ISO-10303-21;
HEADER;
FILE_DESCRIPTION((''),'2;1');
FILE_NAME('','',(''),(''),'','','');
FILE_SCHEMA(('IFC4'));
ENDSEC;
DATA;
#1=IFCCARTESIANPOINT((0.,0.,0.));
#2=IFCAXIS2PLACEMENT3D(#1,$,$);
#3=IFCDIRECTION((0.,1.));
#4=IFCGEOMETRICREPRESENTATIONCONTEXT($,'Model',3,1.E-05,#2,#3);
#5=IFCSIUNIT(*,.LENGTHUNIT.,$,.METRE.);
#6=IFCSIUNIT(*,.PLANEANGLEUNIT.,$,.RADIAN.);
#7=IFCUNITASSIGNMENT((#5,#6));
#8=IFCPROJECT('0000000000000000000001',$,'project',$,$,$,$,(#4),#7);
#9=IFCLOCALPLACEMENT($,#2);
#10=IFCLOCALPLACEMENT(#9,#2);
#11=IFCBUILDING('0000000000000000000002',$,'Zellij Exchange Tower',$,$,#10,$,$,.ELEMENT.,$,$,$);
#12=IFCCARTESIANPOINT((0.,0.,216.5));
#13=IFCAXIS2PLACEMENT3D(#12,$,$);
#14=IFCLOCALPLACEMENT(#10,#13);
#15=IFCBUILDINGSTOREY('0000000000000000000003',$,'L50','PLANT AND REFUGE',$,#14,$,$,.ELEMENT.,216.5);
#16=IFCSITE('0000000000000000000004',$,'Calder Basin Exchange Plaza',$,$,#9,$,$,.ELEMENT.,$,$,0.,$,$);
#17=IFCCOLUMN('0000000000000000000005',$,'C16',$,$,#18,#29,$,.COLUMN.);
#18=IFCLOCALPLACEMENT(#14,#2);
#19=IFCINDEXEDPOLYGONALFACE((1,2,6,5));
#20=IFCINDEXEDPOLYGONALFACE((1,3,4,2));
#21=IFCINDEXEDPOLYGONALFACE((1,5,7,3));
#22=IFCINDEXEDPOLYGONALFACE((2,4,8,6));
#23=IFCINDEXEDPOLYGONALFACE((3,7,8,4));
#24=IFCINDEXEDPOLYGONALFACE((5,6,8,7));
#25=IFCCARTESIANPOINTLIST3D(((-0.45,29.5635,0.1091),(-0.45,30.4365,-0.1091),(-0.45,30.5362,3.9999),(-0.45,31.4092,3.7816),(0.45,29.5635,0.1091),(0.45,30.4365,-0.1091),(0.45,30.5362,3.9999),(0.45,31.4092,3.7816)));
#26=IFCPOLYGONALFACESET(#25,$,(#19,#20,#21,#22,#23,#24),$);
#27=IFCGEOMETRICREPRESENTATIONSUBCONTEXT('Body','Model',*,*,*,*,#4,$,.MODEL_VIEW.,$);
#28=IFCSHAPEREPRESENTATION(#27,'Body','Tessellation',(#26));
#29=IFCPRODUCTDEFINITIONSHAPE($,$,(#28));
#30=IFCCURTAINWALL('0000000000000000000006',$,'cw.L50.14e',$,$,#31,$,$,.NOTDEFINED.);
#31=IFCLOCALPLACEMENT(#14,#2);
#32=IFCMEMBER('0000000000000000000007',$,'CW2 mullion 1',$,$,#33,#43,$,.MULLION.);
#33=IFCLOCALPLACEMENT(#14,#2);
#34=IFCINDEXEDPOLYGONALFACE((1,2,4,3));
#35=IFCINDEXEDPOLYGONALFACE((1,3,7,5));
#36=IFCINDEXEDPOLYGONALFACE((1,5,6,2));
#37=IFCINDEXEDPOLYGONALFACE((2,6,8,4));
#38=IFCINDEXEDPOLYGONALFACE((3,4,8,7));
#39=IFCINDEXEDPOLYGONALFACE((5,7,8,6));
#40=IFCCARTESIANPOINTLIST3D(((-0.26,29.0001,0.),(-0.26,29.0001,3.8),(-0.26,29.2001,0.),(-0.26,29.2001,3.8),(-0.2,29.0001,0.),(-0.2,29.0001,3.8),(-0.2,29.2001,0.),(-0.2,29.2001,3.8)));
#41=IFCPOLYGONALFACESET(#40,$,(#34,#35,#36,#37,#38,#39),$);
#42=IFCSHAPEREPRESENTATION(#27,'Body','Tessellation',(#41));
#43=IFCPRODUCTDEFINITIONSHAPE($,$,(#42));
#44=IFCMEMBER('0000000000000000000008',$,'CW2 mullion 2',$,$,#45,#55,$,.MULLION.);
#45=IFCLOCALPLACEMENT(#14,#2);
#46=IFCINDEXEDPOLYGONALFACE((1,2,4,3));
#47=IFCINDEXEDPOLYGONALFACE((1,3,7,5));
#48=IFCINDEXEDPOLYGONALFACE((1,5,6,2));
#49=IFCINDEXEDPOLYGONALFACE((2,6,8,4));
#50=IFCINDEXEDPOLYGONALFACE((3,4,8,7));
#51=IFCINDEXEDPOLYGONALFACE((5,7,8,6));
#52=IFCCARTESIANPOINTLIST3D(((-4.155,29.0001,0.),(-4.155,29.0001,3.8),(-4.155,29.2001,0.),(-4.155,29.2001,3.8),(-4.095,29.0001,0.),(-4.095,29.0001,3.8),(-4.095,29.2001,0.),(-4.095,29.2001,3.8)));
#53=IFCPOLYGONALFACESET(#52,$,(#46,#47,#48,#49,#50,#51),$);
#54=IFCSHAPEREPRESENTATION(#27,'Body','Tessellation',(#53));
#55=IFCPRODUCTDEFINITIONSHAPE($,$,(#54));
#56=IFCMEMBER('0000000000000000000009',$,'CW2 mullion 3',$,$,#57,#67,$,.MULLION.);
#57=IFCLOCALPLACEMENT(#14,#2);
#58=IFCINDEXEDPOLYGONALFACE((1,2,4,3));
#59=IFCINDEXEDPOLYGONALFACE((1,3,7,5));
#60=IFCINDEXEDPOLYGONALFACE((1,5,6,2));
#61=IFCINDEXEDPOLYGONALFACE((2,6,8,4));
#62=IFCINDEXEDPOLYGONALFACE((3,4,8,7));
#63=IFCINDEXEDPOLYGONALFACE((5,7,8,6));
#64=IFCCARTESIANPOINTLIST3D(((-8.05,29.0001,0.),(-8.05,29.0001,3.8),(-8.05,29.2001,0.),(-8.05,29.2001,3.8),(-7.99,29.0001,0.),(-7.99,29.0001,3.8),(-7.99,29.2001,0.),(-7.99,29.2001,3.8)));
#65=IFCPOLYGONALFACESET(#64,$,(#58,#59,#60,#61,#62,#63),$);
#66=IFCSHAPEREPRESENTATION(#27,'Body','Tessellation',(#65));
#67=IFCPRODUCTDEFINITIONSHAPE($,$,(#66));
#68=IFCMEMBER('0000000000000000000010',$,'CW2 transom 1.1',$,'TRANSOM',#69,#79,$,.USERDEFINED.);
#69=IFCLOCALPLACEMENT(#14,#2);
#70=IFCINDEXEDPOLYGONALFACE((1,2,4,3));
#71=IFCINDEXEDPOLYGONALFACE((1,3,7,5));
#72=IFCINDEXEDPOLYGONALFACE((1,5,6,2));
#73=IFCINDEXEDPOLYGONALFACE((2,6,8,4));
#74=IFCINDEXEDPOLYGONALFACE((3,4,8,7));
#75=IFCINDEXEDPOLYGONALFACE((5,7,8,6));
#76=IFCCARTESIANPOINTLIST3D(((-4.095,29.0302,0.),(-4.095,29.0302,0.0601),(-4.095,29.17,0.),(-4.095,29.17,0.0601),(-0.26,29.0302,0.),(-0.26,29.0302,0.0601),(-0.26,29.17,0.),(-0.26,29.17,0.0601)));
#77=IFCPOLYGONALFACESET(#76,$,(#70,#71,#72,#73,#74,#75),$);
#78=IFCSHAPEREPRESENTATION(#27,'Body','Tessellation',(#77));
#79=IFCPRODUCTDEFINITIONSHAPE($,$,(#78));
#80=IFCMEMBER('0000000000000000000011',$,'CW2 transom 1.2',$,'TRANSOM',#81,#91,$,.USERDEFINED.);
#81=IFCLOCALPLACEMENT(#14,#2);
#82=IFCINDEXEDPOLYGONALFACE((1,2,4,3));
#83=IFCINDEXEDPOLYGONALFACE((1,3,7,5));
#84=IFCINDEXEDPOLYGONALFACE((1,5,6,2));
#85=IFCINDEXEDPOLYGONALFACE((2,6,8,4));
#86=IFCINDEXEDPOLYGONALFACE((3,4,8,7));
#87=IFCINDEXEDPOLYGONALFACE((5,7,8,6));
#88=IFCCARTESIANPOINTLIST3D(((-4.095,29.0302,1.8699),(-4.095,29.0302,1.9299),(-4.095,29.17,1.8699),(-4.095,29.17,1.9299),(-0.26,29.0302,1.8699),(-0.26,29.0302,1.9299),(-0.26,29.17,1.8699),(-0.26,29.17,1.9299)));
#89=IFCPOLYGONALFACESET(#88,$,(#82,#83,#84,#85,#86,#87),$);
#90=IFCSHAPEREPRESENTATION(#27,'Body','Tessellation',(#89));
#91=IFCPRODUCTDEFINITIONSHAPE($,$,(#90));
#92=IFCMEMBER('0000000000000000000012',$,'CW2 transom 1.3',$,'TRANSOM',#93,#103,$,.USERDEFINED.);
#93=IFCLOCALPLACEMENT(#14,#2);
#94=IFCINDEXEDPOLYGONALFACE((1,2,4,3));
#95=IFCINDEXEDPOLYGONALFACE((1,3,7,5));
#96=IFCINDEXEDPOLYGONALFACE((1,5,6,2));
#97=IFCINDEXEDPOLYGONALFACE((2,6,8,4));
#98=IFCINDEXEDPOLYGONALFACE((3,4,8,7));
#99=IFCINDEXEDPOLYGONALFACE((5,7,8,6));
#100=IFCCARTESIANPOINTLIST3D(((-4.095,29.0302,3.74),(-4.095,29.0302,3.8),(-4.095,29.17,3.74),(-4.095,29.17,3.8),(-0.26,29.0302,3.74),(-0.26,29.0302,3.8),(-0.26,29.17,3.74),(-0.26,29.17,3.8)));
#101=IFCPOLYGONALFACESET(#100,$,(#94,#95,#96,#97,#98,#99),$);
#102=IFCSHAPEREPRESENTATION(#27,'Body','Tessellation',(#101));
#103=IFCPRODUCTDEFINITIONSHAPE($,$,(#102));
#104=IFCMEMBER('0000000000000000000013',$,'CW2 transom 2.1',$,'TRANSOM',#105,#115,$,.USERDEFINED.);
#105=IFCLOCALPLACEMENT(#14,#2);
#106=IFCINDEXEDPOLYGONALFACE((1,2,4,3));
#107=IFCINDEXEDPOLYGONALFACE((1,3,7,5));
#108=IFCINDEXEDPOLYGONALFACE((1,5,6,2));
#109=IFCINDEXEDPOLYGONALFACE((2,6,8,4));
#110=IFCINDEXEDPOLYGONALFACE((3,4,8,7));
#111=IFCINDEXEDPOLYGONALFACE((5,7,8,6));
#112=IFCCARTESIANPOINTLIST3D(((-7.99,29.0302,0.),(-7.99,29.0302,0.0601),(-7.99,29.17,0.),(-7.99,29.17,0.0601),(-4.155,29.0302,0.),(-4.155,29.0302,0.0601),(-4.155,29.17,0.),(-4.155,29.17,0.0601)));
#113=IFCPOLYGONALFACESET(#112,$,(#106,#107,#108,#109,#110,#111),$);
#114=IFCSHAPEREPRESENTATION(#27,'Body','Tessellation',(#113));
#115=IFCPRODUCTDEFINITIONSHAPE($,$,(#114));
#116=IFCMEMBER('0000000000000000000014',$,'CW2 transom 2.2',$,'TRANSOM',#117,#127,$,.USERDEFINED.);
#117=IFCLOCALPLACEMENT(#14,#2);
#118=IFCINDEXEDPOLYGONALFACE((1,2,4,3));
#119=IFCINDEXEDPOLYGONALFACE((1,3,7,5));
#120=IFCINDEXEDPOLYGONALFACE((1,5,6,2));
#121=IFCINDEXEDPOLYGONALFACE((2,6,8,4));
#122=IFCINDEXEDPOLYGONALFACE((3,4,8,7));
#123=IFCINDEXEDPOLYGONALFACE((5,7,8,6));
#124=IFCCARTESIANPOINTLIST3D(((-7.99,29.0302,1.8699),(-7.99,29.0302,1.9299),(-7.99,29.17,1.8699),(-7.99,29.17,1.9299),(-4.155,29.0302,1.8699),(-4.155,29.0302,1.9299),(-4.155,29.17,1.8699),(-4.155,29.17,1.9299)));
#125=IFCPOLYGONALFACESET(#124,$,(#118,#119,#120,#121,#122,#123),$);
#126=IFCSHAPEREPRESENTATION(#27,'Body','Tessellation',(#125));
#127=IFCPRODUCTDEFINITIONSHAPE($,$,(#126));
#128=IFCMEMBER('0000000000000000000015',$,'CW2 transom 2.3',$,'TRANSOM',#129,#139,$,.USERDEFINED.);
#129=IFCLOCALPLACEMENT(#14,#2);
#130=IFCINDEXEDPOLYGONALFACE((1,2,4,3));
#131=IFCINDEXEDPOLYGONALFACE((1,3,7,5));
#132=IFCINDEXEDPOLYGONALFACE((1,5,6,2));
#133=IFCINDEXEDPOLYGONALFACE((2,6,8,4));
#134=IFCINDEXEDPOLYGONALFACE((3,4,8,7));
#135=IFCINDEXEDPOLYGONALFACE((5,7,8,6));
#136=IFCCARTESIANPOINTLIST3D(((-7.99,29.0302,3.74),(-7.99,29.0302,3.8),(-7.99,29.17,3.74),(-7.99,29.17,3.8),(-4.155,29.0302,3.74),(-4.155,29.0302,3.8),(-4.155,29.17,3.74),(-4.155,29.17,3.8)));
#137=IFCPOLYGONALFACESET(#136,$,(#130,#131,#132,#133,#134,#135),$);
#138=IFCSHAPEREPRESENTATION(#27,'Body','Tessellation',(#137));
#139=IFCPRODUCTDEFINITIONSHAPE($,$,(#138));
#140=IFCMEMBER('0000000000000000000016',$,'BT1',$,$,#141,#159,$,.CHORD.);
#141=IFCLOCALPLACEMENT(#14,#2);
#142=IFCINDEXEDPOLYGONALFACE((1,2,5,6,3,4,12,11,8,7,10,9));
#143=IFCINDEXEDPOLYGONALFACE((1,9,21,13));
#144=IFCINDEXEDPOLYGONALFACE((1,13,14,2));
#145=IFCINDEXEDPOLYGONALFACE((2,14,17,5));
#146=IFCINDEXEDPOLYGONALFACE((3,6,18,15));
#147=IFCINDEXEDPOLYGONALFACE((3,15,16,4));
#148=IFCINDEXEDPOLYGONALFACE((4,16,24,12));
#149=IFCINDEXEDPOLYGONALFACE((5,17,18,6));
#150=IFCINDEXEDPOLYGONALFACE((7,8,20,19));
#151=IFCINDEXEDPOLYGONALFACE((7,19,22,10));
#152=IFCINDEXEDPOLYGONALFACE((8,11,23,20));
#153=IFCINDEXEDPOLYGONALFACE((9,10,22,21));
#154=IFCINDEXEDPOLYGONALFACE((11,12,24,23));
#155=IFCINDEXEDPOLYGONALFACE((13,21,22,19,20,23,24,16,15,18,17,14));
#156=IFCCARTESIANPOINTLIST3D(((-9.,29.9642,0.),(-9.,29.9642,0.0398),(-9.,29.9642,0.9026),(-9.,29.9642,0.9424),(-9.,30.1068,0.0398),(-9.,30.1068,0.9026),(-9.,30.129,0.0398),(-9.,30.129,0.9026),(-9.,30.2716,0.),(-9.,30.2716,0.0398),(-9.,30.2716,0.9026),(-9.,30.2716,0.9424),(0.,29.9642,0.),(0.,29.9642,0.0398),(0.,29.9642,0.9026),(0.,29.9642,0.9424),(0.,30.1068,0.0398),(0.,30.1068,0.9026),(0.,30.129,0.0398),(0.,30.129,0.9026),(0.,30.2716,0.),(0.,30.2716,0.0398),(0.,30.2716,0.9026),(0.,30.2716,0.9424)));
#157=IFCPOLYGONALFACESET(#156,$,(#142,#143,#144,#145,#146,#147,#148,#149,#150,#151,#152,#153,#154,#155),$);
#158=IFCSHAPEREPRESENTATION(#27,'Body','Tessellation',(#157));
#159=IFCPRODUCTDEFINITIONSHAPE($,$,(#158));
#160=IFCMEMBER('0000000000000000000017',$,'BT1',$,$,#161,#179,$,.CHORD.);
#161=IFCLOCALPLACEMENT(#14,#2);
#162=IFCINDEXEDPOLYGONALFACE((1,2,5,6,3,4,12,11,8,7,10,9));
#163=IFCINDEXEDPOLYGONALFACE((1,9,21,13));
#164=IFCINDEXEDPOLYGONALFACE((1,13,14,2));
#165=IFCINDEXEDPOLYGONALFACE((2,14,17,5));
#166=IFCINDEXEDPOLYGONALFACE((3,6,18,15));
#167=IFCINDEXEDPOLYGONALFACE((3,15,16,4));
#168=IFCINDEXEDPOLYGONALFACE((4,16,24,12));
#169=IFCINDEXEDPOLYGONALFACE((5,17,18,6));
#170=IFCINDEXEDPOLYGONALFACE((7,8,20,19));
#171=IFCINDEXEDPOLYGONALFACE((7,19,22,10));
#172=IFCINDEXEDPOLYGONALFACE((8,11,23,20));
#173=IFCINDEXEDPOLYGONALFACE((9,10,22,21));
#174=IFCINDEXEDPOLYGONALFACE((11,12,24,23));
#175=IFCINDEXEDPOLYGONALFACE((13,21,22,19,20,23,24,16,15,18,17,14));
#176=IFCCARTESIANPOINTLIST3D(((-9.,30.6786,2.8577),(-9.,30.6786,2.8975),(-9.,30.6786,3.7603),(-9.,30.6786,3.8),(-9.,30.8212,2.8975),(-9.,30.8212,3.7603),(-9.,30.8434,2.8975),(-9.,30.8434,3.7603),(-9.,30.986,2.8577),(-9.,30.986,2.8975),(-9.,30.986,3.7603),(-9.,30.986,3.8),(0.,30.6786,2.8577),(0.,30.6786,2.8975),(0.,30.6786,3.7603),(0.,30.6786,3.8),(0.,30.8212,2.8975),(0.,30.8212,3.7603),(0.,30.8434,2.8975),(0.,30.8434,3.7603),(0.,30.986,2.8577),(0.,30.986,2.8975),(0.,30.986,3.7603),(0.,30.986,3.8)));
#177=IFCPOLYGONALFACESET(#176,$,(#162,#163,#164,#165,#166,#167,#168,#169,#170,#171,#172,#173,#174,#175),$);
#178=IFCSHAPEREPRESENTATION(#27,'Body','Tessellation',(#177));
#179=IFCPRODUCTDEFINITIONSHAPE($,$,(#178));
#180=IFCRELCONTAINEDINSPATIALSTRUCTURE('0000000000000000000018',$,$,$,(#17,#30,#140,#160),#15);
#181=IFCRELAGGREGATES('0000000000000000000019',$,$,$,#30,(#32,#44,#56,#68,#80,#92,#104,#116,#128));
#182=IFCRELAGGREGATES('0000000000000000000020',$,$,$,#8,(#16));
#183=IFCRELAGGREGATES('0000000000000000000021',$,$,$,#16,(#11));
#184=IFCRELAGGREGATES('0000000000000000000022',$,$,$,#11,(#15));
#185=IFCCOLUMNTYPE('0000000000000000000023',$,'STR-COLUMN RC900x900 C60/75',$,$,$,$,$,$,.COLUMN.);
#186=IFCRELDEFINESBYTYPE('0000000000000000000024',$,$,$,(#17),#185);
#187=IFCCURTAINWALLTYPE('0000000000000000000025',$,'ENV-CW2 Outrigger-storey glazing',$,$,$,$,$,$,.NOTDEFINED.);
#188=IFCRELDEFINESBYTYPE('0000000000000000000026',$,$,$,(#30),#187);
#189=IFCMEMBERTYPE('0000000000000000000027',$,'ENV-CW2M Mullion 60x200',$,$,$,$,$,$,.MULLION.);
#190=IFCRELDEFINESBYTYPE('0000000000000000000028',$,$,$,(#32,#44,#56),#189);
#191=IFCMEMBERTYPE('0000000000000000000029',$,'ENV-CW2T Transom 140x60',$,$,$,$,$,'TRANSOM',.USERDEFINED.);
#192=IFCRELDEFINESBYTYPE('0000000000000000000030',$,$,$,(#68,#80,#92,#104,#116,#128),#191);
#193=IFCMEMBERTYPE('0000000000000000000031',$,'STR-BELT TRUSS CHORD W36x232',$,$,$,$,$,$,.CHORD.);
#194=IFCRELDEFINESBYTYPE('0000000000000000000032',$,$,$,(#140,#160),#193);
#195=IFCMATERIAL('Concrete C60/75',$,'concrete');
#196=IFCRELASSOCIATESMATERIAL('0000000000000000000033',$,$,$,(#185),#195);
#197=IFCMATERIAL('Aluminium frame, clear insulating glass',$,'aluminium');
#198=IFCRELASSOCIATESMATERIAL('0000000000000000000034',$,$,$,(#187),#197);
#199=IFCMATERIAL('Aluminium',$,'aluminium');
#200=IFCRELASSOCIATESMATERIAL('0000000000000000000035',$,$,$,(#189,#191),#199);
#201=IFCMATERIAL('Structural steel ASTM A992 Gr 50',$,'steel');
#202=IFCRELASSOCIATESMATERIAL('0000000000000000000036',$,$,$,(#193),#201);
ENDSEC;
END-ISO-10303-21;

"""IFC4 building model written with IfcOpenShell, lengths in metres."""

from ifc_helpers import new_model, si_unit, direction, frame, origin, origin_2d, place, context, subcontext, project, spatial, rectangle, i_section, extrude, clip, halfspace, material, material_profile, profile_set, type_object, element, aggregate, save


model = new_model("IFC4")

# Units and contexts
model_context = context("Model", 3, precision=1e-05, world=origin(), true_north=direction((0.0, 1.0)))
body_context = subcontext(model_context, "Body", "Model", "MODEL_VIEW")
ifc_project = project(units=[si_unit("LENGTHUNIT", "METRE"), si_unit("PLANEANGLEUNIT", "RADIAN")], contexts=[model_context])

# Site, building, storey
site_placement = place(None, origin())
site = spatial("IfcSite", under=ifc_project, at=site_placement, Name="Calder Basin Exchange Plaza", CompositionType="ELEMENT", RefElevation=0.0)
building_placement = place(site_placement, origin())
building = spatial("IfcBuilding", under=site, at=building_placement, Name="Zellij Exchange Tower", CompositionType="ELEMENT")
storey_placement = place(building_placement, frame((0.0, 0.0, 216.5)))
storey = spatial("IfcBuildingStorey", under=building, at=storey_placement, Name="L50", Description="PLANT AND REFUGE", CompositionType="ELEMENT", Elevation=216.5)

# Column
ifc_material_1 = material(Name="Concrete C60/75", Category="concrete")
ifc_material_profile_1 = material_profile(ifc_material_1, rectangle(XDim=0.8999, YDim=0.8999, at=origin_2d()), Name="STR-COLUMN RC900x900 C60/75")
ifc_profile_set_1 = profile_set([ifc_material_profile_1], Name="Concrete C60/75")
column_type = type_object("IfcColumnType", Name="STR-COLUMN RC900x900 C60/75", PredefinedType="COLUMN", material=ifc_profile_set_1)
column_placement = place(storey_placement, frame((0.0, 30.0, 0.0), z_axis=(0.0, 0.242536, 0.970143), x_axis=(-1.0, 0.0, 0.0)))
element("IfcColumn", 1, at=column_placement, inside=storey, type_object=column_type, Name="C16", PredefinedType="COLUMN", context=body_context, shape_type="Clipping", body=[
    clip(extrude(rectangle(XDim=0.8999, YDim=0.8999, at=origin_2d()), origin(), (0.0, 0.0, 1.0), 4.123), halfspace(frame((0.0, 0.0, 4.0105)), False)),
])

# Curtain wall, members
ifc_material_2 = material(Name="Aluminium frame, clear insulating glass", Category="aluminium")
curtain_wall_type = type_object("IfcCurtainWallType", Name="ENV-CW2 Outrigger-storey glazing", PredefinedType="NOTDEFINED", material=ifc_material_2)
curtain_wall_placement = place(storey_placement, origin())
curtain_wall = element("IfcCurtainWall", 2, at=curtain_wall_placement, inside=storey, type_object=curtain_wall_type, Name="cw.L50.14e", PredefinedType="NOTDEFINED")
ifc_material_3 = material(Name="Aluminium", Category="aluminium")
ifc_material_profile_2 = material_profile(ifc_material_3, rectangle(XDim=0.0601, YDim=0.2, at=origin_2d()), Name="AL 60x200")
ifc_profile_set_2 = profile_set([ifc_material_profile_2], Name="Aluminium")
member_type_1 = type_object("IfcMemberType", Name="ENV-CW2M Mullion 60x200", PredefinedType="MULLION", material=ifc_profile_set_2)
member_1_placement = place(storey_placement, frame((-0.23, 29.1001, 0.0), z_axis=(0.0, 0.0, 1.0), x_axis=(-1.0, 0.0, 0.0)))
member_1 = element("IfcMember", 3, at=member_1_placement, type_object=member_type_1, Name="CW2 mullion 1", PredefinedType="MULLION", context=body_context, shape_type="SweptSolid", body=[
    extrude(rectangle(XDim=0.0601, YDim=0.2, at=origin_2d()), origin(), (0.0, 0.0, 1.0), 3.8),
])
member_2_placement = place(storey_placement, frame((-4.125, 29.1001, 0.0), z_axis=(0.0, 0.0, 1.0), x_axis=(-1.0, 0.0, 0.0)))
member_2 = element("IfcMember", 4, at=member_2_placement, type_object=member_type_1, Name="CW2 mullion 2", PredefinedType="MULLION", context=body_context, shape_type="SweptSolid", body=[
    extrude(rectangle(XDim=0.0601, YDim=0.2, at=origin_2d()), origin(), (0.0, 0.0, 1.0), 3.8),
])
member_3_placement = place(storey_placement, frame((-8.02, 29.1001, 0.0), z_axis=(0.0, 0.0, 1.0), x_axis=(-1.0, 0.0, 0.0)))
member_3 = element("IfcMember", 5, at=member_3_placement, type_object=member_type_1, Name="CW2 mullion 3", PredefinedType="MULLION", context=body_context, shape_type="SweptSolid", body=[
    extrude(rectangle(XDim=0.0601, YDim=0.2, at=origin_2d()), origin(), (0.0, 0.0, 1.0), 3.8),
])
ifc_material_profile_3 = material_profile(ifc_material_3, rectangle(XDim=0.1399, YDim=0.0601, at=origin_2d()), Name="AL 140x60")
ifc_profile_set_3 = profile_set([ifc_material_profile_3], Name="Aluminium")
member_type_2 = type_object("IfcMemberType", Name="ENV-CW2T Transom 140x60", ElementType="TRANSOM", PredefinedType="USERDEFINED", material=ifc_profile_set_3)
member_4_placement = place(storey_placement, frame((-0.26, 29.1001, 0.03), z_axis=(-1.0, 0.0, 0.0), x_axis=(0.0, -1.0, 0.0)))
member_4 = element("IfcMember", 6, at=member_4_placement, type_object=member_type_2, Name="CW2 transom 1.1", ObjectType="TRANSOM", PredefinedType="USERDEFINED", context=body_context, shape_type="SweptSolid", body=[
    extrude(rectangle(XDim=0.1399, YDim=0.0601, at=origin_2d()), origin(), (0.0, 0.0, 1.0), 3.835),
])
member_5_placement = place(storey_placement, frame((-0.26, 29.1001, 1.8999), z_axis=(-1.0, 0.0, 0.0), x_axis=(0.0, -1.0, 0.0)))
member_5 = element("IfcMember", 7, at=member_5_placement, type_object=member_type_2, Name="CW2 transom 1.2", ObjectType="TRANSOM", PredefinedType="USERDEFINED", context=body_context, shape_type="SweptSolid", body=[
    extrude(rectangle(XDim=0.1399, YDim=0.0601, at=origin_2d()), origin(), (0.0, 0.0, 1.0), 3.835),
])
member_6_placement = place(storey_placement, frame((-0.26, 29.1001, 3.77), z_axis=(-1.0, 0.0, 0.0), x_axis=(0.0, -1.0, 0.0)))
member_6 = element("IfcMember", 8, at=member_6_placement, type_object=member_type_2, Name="CW2 transom 1.3", ObjectType="TRANSOM", PredefinedType="USERDEFINED", context=body_context, shape_type="SweptSolid", body=[
    extrude(rectangle(XDim=0.1399, YDim=0.0601, at=origin_2d()), origin(), (0.0, 0.0, 1.0), 3.835),
])
member_7_placement = place(storey_placement, frame((-4.155, 29.1001, 0.03), z_axis=(-1.0, 0.0, 0.0), x_axis=(0.0, -1.0, 0.0)))
member_7 = element("IfcMember", 9, at=member_7_placement, type_object=member_type_2, Name="CW2 transom 2.1", ObjectType="TRANSOM", PredefinedType="USERDEFINED", context=body_context, shape_type="SweptSolid", body=[
    extrude(rectangle(XDim=0.1399, YDim=0.0601, at=origin_2d()), origin(), (0.0, 0.0, 1.0), 3.835),
])
member_8_placement = place(storey_placement, frame((-4.155, 29.1001, 1.8999), z_axis=(-1.0, 0.0, 0.0), x_axis=(0.0, -1.0, 0.0)))
member_8 = element("IfcMember", 10, at=member_8_placement, type_object=member_type_2, Name="CW2 transom 2.2", ObjectType="TRANSOM", PredefinedType="USERDEFINED", context=body_context, shape_type="SweptSolid", body=[
    extrude(rectangle(XDim=0.1399, YDim=0.0601, at=origin_2d()), origin(), (0.0, 0.0, 1.0), 3.835),
])
member_9_placement = place(storey_placement, frame((-4.155, 29.1001, 3.77), z_axis=(-1.0, 0.0, 0.0), x_axis=(0.0, -1.0, 0.0)))
member_9 = element("IfcMember", 11, at=member_9_placement, type_object=member_type_2, Name="CW2 transom 2.3", ObjectType="TRANSOM", PredefinedType="USERDEFINED", context=body_context, shape_type="SweptSolid", body=[
    extrude(rectangle(XDim=0.1399, YDim=0.0601, at=origin_2d()), origin(), (0.0, 0.0, 1.0), 3.835),
])

# Members
ifc_material_4 = material(Name="Structural steel ASTM A992 Gr 50", Category="steel")
ifc_material_profile_4 = material_profile(ifc_material_4, i_section(OverallWidth=0.3074, OverallDepth=0.9424, WebThickness=0.0222, FlangeThickness=0.0398, at=origin_2d()), Name="W36x232")
ifc_profile_set_4 = profile_set([ifc_material_profile_4], Name="Structural steel ASTM A992 Gr 50")
member_type_3 = type_object("IfcMemberType", Name="STR-BELT TRUSS CHORD W36x232", PredefinedType="CHORD", material=ifc_profile_set_4)
for number, where, z_axis, x_axis, name in (
    (12, (-9.0, 30.1179, 0.4712), (1.0, 0.0, 0.0), (0.0, 1.0, 0.0), "BT1"),
    (13, (-9.0, 30.8323, 3.3289), (1.0, 0.0, 0.0), (0.0, 1.0, 0.0), "BT1"),
):
    element("IfcMember", number, at=place(storey_placement, frame(where, z_axis=z_axis, x_axis=x_axis)), inside=storey, type_object=member_type_3, Name=name, PredefinedType="CHORD", context=body_context, shape_type="SweptSolid", body=[
        extrude(i_section(OverallWidth=0.3074, OverallDepth=0.9424, WebThickness=0.0222, FlangeThickness=0.0398, at=origin_2d()), origin(), (0.0, 0.0, 1.0), 9.0),
    ])

aggregate(curtain_wall, [member_1, member_2, member_3, member_4, member_5, member_6, member_7, member_8, member_9])

save(model, "model.ifc")
